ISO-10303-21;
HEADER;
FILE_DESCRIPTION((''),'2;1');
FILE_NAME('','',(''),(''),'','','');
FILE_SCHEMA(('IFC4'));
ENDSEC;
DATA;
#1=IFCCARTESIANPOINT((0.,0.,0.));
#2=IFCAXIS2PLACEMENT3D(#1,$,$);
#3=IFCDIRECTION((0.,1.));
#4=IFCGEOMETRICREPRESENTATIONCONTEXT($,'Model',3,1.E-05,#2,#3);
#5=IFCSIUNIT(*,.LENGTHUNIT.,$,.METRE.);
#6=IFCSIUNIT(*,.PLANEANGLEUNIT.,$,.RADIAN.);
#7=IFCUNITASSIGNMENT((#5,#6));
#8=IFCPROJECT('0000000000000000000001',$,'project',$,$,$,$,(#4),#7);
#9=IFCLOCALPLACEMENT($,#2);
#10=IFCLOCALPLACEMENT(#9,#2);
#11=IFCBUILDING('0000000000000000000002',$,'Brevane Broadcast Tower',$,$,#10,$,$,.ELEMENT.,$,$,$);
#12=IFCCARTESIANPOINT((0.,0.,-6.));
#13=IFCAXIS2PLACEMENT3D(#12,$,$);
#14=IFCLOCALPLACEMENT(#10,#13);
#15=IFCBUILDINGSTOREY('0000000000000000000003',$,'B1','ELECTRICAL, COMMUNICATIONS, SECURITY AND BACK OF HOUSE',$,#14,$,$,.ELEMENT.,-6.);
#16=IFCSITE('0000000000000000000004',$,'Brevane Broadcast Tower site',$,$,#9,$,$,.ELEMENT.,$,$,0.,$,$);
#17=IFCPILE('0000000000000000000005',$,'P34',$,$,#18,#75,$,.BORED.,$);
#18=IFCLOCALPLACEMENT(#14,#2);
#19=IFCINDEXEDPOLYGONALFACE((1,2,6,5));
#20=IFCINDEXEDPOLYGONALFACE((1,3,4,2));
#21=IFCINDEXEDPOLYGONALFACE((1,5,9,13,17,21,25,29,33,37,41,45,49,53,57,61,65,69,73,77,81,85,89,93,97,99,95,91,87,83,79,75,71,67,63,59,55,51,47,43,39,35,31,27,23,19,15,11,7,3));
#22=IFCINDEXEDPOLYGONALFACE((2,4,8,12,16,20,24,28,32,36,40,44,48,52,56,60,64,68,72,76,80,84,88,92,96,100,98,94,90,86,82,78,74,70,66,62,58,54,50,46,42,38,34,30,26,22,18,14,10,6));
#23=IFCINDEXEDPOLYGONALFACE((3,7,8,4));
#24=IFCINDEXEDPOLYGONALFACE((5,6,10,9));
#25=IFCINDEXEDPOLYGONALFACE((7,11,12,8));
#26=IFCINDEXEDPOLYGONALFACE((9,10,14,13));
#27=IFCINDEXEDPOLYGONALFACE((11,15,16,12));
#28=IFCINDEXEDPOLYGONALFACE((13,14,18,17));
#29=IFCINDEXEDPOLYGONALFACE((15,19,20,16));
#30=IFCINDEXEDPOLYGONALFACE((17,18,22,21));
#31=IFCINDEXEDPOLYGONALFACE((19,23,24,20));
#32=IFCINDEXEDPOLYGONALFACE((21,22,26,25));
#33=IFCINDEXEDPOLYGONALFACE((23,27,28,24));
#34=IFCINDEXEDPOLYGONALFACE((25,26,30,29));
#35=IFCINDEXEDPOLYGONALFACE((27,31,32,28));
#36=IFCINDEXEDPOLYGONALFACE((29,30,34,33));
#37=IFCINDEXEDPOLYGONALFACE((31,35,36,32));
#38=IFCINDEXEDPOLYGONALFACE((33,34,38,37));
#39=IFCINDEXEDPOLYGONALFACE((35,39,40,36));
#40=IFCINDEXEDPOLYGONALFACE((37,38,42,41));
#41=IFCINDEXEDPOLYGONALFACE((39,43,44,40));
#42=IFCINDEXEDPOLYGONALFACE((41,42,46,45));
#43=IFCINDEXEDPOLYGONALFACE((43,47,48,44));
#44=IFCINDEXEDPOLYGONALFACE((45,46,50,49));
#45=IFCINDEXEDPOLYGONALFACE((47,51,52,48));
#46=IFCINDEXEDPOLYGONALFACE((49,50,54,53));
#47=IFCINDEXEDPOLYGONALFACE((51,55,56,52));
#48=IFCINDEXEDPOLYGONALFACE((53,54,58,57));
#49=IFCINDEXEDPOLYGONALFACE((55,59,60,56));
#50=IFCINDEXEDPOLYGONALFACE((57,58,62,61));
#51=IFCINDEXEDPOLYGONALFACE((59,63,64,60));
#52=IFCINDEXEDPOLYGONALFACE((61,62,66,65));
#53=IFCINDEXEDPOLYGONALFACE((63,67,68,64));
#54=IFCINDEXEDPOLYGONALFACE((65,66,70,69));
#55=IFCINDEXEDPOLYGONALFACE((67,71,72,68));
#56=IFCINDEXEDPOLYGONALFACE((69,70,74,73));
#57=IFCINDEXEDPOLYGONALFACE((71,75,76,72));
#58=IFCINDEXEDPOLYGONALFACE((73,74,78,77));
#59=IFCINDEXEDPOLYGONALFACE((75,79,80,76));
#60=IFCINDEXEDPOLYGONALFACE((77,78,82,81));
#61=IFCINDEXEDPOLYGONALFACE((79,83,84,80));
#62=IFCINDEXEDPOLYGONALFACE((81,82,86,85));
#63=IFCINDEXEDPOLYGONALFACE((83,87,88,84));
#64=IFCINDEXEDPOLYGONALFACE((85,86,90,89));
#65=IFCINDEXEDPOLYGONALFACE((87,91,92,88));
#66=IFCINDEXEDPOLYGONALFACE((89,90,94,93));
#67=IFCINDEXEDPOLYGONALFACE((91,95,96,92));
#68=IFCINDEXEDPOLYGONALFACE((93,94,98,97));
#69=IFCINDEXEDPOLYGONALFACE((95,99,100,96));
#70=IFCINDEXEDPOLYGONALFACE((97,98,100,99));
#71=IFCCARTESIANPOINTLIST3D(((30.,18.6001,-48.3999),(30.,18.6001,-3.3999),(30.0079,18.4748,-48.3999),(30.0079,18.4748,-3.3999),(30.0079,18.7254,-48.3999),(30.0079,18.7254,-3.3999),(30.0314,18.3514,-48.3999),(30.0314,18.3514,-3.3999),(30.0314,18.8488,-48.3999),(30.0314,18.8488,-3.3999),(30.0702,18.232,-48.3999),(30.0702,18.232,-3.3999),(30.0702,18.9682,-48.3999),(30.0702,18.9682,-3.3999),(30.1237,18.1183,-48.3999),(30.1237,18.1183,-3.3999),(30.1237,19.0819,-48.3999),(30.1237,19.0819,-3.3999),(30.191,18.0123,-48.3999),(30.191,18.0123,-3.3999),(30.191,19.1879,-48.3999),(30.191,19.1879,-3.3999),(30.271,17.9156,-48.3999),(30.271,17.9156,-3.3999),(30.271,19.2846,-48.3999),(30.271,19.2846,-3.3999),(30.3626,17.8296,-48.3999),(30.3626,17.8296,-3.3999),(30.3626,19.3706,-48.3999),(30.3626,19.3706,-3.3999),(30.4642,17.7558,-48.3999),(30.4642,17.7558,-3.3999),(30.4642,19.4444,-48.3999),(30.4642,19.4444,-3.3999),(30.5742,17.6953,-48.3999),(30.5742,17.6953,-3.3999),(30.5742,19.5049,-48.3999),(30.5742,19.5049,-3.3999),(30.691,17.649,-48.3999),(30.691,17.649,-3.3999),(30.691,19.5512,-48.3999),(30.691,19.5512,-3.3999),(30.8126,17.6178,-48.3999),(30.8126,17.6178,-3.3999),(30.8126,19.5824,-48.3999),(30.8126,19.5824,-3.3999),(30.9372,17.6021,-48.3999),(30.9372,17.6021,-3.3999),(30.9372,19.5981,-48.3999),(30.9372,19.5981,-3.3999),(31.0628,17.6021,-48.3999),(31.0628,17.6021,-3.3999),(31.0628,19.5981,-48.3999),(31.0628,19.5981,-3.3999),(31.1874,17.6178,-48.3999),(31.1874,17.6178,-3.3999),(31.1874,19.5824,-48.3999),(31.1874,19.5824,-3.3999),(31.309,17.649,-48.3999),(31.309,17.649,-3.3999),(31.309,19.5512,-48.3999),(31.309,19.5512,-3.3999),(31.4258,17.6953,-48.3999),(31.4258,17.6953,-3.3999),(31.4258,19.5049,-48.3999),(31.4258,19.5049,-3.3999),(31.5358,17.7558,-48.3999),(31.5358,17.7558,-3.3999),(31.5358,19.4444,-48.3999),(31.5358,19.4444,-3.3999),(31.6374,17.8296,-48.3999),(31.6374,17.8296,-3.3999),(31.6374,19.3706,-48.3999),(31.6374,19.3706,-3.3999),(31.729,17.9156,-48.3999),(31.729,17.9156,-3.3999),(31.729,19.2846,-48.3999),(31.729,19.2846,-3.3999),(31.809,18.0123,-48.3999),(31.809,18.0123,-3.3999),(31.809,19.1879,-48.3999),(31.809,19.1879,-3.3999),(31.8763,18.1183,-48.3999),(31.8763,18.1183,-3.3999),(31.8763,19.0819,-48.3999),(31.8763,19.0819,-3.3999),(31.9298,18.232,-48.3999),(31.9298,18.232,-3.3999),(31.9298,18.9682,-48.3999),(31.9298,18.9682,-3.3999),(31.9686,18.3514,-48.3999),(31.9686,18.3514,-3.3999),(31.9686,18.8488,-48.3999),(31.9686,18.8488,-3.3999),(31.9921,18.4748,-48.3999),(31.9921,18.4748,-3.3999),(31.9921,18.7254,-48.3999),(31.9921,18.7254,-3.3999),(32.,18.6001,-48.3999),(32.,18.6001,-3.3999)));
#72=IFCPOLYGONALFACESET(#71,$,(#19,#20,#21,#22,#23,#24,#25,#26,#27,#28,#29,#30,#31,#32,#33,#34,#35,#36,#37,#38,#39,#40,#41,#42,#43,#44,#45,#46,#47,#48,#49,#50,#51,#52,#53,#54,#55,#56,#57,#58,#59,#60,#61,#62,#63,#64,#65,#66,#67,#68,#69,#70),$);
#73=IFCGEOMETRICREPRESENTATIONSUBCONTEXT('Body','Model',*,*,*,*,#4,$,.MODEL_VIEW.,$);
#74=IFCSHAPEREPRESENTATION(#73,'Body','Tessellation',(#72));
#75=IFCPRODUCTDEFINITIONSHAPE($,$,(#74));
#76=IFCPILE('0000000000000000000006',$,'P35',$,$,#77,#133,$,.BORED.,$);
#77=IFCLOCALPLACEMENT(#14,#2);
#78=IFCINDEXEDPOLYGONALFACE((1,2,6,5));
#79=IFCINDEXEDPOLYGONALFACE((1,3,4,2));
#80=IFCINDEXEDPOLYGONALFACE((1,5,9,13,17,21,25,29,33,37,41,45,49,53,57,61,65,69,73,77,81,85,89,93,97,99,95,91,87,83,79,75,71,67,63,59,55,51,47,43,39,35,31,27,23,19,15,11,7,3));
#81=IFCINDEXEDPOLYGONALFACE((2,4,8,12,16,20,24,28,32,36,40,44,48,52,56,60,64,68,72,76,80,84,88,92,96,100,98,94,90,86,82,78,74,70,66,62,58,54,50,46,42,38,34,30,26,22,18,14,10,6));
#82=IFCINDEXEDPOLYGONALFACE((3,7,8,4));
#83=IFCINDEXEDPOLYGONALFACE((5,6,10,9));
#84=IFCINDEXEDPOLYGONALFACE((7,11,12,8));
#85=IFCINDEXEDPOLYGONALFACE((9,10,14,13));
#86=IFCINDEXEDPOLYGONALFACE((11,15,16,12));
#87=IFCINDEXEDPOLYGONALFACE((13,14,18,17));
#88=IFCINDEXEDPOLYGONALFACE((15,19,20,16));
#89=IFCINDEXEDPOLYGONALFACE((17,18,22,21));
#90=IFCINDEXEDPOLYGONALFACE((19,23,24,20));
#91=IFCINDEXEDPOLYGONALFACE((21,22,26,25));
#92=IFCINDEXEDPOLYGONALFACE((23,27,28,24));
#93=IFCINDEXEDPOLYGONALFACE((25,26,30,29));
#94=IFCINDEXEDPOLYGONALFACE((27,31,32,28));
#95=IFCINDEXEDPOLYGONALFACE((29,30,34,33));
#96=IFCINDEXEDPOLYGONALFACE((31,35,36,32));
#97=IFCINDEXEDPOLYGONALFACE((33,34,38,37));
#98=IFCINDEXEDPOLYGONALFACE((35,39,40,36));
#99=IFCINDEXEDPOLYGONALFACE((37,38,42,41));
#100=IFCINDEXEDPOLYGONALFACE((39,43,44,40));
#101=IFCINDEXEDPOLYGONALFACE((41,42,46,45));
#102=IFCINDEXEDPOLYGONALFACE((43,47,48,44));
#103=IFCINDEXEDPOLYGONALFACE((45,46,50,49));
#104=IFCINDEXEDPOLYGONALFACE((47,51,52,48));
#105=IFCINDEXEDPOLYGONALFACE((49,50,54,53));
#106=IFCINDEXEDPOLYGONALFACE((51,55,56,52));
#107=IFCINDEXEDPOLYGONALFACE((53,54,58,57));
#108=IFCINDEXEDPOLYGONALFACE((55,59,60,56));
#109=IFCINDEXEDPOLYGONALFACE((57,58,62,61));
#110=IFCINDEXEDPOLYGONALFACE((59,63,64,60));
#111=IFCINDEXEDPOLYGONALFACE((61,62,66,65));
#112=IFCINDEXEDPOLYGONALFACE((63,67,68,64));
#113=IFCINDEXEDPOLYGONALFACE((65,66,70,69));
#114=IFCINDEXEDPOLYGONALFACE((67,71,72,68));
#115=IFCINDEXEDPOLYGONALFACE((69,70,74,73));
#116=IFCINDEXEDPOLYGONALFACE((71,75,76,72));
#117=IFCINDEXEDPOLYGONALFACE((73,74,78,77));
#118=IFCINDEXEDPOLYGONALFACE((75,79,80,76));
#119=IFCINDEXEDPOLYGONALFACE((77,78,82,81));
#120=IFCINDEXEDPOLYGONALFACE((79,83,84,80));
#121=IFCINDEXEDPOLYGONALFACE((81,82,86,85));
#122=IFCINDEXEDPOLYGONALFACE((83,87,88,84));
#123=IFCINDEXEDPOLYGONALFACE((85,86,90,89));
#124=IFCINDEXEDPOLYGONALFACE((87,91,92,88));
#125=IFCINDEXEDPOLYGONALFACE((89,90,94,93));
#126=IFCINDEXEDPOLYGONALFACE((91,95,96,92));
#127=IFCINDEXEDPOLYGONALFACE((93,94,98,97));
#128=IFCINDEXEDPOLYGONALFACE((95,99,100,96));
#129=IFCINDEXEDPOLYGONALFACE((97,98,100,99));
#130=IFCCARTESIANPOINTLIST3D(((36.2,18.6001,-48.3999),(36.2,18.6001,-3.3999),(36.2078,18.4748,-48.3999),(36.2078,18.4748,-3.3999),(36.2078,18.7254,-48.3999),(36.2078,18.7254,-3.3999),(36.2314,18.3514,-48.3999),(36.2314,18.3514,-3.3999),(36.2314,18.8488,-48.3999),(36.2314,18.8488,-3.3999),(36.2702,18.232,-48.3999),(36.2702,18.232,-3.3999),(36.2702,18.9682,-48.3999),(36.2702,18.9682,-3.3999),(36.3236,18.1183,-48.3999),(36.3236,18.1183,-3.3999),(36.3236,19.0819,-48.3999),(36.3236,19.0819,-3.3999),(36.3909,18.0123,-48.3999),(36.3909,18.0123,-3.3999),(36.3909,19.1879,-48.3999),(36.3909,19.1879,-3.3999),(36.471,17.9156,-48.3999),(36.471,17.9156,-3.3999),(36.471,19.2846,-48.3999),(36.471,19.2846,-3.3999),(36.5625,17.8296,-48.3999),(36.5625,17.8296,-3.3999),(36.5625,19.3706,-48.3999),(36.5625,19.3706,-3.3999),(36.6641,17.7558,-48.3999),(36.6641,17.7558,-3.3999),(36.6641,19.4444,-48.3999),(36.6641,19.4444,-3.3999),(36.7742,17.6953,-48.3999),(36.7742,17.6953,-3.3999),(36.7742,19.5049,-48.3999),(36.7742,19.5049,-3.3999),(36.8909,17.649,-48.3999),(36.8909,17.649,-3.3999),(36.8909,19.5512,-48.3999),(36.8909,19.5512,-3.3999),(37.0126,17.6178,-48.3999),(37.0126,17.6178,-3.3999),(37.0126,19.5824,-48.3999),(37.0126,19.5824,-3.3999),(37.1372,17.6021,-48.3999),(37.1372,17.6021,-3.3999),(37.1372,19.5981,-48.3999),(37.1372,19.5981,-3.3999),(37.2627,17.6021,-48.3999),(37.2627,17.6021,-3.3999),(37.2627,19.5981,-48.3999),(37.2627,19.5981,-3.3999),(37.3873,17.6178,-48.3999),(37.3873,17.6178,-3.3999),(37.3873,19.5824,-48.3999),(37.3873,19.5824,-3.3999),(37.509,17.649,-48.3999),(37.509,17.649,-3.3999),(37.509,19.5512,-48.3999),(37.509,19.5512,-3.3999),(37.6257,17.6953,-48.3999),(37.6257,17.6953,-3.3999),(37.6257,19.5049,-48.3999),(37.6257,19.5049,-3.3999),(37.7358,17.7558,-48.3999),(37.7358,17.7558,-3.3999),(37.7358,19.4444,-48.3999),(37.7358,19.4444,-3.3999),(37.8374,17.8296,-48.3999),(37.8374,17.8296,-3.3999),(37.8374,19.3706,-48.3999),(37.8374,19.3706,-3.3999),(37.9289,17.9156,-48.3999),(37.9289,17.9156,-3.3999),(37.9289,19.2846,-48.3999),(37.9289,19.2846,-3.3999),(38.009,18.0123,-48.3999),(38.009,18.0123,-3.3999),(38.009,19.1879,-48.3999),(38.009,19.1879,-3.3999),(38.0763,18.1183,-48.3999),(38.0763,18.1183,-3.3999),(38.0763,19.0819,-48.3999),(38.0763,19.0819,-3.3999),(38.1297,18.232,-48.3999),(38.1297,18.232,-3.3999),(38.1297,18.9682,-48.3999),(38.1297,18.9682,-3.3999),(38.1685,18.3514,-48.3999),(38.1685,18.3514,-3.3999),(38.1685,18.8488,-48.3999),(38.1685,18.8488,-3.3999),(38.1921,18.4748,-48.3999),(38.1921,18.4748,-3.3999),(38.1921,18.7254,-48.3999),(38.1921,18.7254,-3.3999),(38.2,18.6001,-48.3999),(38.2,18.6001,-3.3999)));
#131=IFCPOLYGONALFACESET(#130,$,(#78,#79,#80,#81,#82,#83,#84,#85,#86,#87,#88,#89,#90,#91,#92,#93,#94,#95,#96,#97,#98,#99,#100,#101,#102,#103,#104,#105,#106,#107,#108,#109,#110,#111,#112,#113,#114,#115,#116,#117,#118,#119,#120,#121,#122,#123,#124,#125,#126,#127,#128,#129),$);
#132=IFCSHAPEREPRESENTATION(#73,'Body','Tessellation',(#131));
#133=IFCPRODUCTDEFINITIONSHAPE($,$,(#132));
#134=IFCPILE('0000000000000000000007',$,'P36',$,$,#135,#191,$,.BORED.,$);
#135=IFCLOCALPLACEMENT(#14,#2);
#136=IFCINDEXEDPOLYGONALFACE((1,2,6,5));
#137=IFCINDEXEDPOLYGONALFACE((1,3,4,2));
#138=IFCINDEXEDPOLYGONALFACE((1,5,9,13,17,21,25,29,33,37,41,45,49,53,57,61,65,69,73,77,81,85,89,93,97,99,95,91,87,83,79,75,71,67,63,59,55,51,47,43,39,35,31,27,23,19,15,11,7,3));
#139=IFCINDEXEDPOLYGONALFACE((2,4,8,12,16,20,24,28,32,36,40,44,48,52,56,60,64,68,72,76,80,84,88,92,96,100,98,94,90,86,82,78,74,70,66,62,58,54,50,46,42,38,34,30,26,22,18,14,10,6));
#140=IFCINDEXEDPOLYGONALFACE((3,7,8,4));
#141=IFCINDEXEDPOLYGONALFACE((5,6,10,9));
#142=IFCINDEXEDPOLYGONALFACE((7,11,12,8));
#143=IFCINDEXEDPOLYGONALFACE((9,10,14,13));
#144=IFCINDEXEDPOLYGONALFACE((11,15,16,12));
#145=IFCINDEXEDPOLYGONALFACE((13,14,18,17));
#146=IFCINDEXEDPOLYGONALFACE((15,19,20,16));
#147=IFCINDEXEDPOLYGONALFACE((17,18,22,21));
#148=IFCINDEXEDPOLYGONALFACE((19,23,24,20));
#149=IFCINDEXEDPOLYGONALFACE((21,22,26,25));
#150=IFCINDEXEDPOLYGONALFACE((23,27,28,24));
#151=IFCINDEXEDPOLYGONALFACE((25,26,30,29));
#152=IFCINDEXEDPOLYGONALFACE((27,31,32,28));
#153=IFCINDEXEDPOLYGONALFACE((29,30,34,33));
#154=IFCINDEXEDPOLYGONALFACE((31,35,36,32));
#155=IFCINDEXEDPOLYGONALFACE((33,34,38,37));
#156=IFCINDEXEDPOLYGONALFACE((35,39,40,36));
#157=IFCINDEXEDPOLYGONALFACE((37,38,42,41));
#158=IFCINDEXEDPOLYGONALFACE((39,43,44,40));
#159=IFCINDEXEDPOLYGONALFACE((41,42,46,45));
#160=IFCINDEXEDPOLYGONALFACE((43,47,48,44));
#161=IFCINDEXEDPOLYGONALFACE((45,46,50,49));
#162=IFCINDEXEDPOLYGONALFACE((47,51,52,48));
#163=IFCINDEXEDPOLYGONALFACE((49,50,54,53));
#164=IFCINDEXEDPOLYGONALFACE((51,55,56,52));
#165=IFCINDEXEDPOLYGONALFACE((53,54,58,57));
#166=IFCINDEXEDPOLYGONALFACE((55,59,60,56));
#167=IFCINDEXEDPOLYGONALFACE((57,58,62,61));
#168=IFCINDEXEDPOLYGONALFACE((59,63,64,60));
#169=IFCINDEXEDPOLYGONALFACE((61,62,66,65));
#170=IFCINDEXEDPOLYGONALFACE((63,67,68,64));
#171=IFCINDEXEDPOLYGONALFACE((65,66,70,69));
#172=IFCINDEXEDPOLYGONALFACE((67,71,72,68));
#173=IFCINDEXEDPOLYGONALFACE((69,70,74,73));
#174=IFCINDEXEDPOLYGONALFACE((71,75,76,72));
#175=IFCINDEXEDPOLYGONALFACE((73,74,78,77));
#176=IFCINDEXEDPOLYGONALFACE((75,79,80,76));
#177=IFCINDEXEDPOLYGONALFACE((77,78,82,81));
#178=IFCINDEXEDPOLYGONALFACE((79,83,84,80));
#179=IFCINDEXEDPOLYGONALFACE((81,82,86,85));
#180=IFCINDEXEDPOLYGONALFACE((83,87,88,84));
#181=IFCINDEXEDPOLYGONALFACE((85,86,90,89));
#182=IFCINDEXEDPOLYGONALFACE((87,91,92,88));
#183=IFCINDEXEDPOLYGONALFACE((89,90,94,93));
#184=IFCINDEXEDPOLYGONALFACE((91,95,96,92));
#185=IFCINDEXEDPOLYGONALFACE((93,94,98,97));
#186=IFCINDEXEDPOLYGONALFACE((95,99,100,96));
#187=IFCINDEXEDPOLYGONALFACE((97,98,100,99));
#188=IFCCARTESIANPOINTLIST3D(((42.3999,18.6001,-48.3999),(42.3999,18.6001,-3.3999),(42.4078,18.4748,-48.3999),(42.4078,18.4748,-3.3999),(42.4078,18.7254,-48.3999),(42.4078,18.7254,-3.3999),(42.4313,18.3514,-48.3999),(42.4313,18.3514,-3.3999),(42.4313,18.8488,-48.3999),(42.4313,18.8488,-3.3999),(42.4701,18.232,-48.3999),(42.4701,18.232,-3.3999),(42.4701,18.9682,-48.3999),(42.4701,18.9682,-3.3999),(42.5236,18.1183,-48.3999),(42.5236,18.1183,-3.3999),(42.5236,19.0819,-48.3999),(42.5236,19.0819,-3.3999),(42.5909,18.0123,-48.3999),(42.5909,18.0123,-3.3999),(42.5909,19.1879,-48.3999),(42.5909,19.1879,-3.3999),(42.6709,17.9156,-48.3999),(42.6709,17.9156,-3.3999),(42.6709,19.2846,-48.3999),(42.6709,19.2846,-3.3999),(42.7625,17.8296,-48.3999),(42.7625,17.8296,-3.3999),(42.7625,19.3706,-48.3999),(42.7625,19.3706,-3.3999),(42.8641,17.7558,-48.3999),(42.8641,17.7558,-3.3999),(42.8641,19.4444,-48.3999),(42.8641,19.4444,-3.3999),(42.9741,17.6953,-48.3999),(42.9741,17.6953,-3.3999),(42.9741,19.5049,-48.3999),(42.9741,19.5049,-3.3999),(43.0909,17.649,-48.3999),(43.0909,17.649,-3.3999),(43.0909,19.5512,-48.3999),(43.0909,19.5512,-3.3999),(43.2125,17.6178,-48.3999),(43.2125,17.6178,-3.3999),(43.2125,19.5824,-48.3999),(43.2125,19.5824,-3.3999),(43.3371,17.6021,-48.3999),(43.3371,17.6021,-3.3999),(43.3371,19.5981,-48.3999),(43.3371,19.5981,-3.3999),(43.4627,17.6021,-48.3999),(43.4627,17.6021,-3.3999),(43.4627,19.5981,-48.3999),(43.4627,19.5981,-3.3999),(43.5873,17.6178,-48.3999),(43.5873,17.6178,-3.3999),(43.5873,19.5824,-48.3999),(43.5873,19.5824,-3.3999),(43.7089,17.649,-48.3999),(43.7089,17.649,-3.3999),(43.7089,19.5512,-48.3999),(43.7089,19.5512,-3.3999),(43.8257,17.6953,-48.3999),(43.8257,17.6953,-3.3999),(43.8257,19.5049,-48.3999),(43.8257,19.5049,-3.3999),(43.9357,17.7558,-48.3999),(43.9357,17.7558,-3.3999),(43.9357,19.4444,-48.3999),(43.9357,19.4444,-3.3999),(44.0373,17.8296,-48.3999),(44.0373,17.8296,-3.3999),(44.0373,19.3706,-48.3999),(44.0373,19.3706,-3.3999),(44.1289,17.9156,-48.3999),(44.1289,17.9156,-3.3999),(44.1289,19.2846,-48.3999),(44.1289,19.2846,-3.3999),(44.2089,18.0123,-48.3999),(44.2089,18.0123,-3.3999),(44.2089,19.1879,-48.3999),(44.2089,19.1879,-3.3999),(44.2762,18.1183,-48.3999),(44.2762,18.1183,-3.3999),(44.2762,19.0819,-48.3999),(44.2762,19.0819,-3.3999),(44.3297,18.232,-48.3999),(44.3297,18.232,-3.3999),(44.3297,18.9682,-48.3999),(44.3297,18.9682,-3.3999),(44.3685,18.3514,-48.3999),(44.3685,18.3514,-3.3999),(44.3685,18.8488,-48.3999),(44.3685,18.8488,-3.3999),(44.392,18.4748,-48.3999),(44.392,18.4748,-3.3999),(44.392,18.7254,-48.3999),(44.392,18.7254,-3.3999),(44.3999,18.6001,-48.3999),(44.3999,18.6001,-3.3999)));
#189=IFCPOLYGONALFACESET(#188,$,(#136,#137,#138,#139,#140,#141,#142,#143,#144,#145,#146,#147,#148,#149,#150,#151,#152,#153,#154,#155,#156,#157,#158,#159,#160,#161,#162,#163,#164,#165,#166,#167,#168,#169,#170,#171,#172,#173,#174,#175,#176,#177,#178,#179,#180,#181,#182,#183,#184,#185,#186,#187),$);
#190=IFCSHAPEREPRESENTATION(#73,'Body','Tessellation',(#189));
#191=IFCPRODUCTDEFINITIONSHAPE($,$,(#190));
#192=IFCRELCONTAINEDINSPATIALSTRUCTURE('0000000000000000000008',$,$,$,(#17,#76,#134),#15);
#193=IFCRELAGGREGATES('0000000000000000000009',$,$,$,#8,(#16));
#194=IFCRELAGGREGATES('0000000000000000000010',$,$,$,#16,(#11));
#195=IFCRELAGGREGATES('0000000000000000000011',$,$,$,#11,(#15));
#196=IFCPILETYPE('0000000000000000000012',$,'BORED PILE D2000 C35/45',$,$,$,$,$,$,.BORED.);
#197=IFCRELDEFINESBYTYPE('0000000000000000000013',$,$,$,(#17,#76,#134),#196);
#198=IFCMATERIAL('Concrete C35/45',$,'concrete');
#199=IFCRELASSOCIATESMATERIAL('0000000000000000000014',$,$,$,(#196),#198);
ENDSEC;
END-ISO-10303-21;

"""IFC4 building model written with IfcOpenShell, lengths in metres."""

from ifc_helpers import new_model, si_unit, direction, frame, origin, origin_2d, place, context, subcontext, project, spatial, circle, extrude, material, material_profile, profile_set, type_object, element, save


model = new_model("IFC4")

# Units and contexts
model_context = context("Model", 3, precision=1e-05, world=origin(), true_north=direction((0.0, 1.0)))
body_context = subcontext(model_context, "Body", "Model", "MODEL_VIEW")
ifc_project = project(units=[si_unit("LENGTHUNIT", "METRE"), si_unit("PLANEANGLEUNIT", "RADIAN")], contexts=[model_context])

# Site, building, storey
site_placement = place(None, origin())
site = spatial("IfcSite", under=ifc_project, at=site_placement, Name="Brevane Broadcast Tower site", CompositionType="ELEMENT", RefElevation=0.0)
building_placement = place(site_placement, origin())
building = spatial("IfcBuilding", under=site, at=building_placement, Name="Brevane Broadcast Tower", CompositionType="ELEMENT")
storey_placement = place(building_placement, frame((0.0, 0.0, -6.0)))
storey = spatial("IfcBuildingStorey", under=building, at=storey_placement, Name="B1", Description="ELECTRICAL, COMMUNICATIONS, SECURITY AND BACK OF HOUSE", CompositionType="ELEMENT", Elevation=-6.0)

# Piles
ifc_material_1 = material(Name="Concrete C35/45", Category="concrete")
ifc_material_profile_1 = material_profile(ifc_material_1, circle(Radius=1.0, at=origin_2d()), Name="RC D2000")
ifc_profile_set_1 = profile_set([ifc_material_profile_1], Name="Concrete C35/45")
pile_type = type_object("IfcPileType", Name="BORED PILE D2000 C35/45", PredefinedType="BORED", material=ifc_profile_set_1)
for number, where, z_axis, x_axis, name in (
    (1, (31.0, 18.6001, -3.3999), (0.0, 0.0, -1.0), (1.0, 0.0, 0.0), "P34"),
    (2, (37.2, 18.6001, -3.3999), (0.0, 0.0, -1.0), (1.0, 0.0, 0.0), "P35"),
    (3, (43.3999, 18.6001, -3.3999), (0.0, 0.0, -1.0), (1.0, 0.0, 0.0), "P36"),
):
    element("IfcPile", number, at=place(storey_placement, frame(where, z_axis=z_axis, x_axis=x_axis)), inside=storey, type_object=pile_type, Name=name, PredefinedType="BORED", context=body_context, shape_type="SweptSolid", body=[
        extrude(circle(Radius=1.0, at=origin_2d()), origin(), (0.0, 0.0, 1.0), 45.0),
    ])

save(model, "model.ifc")
